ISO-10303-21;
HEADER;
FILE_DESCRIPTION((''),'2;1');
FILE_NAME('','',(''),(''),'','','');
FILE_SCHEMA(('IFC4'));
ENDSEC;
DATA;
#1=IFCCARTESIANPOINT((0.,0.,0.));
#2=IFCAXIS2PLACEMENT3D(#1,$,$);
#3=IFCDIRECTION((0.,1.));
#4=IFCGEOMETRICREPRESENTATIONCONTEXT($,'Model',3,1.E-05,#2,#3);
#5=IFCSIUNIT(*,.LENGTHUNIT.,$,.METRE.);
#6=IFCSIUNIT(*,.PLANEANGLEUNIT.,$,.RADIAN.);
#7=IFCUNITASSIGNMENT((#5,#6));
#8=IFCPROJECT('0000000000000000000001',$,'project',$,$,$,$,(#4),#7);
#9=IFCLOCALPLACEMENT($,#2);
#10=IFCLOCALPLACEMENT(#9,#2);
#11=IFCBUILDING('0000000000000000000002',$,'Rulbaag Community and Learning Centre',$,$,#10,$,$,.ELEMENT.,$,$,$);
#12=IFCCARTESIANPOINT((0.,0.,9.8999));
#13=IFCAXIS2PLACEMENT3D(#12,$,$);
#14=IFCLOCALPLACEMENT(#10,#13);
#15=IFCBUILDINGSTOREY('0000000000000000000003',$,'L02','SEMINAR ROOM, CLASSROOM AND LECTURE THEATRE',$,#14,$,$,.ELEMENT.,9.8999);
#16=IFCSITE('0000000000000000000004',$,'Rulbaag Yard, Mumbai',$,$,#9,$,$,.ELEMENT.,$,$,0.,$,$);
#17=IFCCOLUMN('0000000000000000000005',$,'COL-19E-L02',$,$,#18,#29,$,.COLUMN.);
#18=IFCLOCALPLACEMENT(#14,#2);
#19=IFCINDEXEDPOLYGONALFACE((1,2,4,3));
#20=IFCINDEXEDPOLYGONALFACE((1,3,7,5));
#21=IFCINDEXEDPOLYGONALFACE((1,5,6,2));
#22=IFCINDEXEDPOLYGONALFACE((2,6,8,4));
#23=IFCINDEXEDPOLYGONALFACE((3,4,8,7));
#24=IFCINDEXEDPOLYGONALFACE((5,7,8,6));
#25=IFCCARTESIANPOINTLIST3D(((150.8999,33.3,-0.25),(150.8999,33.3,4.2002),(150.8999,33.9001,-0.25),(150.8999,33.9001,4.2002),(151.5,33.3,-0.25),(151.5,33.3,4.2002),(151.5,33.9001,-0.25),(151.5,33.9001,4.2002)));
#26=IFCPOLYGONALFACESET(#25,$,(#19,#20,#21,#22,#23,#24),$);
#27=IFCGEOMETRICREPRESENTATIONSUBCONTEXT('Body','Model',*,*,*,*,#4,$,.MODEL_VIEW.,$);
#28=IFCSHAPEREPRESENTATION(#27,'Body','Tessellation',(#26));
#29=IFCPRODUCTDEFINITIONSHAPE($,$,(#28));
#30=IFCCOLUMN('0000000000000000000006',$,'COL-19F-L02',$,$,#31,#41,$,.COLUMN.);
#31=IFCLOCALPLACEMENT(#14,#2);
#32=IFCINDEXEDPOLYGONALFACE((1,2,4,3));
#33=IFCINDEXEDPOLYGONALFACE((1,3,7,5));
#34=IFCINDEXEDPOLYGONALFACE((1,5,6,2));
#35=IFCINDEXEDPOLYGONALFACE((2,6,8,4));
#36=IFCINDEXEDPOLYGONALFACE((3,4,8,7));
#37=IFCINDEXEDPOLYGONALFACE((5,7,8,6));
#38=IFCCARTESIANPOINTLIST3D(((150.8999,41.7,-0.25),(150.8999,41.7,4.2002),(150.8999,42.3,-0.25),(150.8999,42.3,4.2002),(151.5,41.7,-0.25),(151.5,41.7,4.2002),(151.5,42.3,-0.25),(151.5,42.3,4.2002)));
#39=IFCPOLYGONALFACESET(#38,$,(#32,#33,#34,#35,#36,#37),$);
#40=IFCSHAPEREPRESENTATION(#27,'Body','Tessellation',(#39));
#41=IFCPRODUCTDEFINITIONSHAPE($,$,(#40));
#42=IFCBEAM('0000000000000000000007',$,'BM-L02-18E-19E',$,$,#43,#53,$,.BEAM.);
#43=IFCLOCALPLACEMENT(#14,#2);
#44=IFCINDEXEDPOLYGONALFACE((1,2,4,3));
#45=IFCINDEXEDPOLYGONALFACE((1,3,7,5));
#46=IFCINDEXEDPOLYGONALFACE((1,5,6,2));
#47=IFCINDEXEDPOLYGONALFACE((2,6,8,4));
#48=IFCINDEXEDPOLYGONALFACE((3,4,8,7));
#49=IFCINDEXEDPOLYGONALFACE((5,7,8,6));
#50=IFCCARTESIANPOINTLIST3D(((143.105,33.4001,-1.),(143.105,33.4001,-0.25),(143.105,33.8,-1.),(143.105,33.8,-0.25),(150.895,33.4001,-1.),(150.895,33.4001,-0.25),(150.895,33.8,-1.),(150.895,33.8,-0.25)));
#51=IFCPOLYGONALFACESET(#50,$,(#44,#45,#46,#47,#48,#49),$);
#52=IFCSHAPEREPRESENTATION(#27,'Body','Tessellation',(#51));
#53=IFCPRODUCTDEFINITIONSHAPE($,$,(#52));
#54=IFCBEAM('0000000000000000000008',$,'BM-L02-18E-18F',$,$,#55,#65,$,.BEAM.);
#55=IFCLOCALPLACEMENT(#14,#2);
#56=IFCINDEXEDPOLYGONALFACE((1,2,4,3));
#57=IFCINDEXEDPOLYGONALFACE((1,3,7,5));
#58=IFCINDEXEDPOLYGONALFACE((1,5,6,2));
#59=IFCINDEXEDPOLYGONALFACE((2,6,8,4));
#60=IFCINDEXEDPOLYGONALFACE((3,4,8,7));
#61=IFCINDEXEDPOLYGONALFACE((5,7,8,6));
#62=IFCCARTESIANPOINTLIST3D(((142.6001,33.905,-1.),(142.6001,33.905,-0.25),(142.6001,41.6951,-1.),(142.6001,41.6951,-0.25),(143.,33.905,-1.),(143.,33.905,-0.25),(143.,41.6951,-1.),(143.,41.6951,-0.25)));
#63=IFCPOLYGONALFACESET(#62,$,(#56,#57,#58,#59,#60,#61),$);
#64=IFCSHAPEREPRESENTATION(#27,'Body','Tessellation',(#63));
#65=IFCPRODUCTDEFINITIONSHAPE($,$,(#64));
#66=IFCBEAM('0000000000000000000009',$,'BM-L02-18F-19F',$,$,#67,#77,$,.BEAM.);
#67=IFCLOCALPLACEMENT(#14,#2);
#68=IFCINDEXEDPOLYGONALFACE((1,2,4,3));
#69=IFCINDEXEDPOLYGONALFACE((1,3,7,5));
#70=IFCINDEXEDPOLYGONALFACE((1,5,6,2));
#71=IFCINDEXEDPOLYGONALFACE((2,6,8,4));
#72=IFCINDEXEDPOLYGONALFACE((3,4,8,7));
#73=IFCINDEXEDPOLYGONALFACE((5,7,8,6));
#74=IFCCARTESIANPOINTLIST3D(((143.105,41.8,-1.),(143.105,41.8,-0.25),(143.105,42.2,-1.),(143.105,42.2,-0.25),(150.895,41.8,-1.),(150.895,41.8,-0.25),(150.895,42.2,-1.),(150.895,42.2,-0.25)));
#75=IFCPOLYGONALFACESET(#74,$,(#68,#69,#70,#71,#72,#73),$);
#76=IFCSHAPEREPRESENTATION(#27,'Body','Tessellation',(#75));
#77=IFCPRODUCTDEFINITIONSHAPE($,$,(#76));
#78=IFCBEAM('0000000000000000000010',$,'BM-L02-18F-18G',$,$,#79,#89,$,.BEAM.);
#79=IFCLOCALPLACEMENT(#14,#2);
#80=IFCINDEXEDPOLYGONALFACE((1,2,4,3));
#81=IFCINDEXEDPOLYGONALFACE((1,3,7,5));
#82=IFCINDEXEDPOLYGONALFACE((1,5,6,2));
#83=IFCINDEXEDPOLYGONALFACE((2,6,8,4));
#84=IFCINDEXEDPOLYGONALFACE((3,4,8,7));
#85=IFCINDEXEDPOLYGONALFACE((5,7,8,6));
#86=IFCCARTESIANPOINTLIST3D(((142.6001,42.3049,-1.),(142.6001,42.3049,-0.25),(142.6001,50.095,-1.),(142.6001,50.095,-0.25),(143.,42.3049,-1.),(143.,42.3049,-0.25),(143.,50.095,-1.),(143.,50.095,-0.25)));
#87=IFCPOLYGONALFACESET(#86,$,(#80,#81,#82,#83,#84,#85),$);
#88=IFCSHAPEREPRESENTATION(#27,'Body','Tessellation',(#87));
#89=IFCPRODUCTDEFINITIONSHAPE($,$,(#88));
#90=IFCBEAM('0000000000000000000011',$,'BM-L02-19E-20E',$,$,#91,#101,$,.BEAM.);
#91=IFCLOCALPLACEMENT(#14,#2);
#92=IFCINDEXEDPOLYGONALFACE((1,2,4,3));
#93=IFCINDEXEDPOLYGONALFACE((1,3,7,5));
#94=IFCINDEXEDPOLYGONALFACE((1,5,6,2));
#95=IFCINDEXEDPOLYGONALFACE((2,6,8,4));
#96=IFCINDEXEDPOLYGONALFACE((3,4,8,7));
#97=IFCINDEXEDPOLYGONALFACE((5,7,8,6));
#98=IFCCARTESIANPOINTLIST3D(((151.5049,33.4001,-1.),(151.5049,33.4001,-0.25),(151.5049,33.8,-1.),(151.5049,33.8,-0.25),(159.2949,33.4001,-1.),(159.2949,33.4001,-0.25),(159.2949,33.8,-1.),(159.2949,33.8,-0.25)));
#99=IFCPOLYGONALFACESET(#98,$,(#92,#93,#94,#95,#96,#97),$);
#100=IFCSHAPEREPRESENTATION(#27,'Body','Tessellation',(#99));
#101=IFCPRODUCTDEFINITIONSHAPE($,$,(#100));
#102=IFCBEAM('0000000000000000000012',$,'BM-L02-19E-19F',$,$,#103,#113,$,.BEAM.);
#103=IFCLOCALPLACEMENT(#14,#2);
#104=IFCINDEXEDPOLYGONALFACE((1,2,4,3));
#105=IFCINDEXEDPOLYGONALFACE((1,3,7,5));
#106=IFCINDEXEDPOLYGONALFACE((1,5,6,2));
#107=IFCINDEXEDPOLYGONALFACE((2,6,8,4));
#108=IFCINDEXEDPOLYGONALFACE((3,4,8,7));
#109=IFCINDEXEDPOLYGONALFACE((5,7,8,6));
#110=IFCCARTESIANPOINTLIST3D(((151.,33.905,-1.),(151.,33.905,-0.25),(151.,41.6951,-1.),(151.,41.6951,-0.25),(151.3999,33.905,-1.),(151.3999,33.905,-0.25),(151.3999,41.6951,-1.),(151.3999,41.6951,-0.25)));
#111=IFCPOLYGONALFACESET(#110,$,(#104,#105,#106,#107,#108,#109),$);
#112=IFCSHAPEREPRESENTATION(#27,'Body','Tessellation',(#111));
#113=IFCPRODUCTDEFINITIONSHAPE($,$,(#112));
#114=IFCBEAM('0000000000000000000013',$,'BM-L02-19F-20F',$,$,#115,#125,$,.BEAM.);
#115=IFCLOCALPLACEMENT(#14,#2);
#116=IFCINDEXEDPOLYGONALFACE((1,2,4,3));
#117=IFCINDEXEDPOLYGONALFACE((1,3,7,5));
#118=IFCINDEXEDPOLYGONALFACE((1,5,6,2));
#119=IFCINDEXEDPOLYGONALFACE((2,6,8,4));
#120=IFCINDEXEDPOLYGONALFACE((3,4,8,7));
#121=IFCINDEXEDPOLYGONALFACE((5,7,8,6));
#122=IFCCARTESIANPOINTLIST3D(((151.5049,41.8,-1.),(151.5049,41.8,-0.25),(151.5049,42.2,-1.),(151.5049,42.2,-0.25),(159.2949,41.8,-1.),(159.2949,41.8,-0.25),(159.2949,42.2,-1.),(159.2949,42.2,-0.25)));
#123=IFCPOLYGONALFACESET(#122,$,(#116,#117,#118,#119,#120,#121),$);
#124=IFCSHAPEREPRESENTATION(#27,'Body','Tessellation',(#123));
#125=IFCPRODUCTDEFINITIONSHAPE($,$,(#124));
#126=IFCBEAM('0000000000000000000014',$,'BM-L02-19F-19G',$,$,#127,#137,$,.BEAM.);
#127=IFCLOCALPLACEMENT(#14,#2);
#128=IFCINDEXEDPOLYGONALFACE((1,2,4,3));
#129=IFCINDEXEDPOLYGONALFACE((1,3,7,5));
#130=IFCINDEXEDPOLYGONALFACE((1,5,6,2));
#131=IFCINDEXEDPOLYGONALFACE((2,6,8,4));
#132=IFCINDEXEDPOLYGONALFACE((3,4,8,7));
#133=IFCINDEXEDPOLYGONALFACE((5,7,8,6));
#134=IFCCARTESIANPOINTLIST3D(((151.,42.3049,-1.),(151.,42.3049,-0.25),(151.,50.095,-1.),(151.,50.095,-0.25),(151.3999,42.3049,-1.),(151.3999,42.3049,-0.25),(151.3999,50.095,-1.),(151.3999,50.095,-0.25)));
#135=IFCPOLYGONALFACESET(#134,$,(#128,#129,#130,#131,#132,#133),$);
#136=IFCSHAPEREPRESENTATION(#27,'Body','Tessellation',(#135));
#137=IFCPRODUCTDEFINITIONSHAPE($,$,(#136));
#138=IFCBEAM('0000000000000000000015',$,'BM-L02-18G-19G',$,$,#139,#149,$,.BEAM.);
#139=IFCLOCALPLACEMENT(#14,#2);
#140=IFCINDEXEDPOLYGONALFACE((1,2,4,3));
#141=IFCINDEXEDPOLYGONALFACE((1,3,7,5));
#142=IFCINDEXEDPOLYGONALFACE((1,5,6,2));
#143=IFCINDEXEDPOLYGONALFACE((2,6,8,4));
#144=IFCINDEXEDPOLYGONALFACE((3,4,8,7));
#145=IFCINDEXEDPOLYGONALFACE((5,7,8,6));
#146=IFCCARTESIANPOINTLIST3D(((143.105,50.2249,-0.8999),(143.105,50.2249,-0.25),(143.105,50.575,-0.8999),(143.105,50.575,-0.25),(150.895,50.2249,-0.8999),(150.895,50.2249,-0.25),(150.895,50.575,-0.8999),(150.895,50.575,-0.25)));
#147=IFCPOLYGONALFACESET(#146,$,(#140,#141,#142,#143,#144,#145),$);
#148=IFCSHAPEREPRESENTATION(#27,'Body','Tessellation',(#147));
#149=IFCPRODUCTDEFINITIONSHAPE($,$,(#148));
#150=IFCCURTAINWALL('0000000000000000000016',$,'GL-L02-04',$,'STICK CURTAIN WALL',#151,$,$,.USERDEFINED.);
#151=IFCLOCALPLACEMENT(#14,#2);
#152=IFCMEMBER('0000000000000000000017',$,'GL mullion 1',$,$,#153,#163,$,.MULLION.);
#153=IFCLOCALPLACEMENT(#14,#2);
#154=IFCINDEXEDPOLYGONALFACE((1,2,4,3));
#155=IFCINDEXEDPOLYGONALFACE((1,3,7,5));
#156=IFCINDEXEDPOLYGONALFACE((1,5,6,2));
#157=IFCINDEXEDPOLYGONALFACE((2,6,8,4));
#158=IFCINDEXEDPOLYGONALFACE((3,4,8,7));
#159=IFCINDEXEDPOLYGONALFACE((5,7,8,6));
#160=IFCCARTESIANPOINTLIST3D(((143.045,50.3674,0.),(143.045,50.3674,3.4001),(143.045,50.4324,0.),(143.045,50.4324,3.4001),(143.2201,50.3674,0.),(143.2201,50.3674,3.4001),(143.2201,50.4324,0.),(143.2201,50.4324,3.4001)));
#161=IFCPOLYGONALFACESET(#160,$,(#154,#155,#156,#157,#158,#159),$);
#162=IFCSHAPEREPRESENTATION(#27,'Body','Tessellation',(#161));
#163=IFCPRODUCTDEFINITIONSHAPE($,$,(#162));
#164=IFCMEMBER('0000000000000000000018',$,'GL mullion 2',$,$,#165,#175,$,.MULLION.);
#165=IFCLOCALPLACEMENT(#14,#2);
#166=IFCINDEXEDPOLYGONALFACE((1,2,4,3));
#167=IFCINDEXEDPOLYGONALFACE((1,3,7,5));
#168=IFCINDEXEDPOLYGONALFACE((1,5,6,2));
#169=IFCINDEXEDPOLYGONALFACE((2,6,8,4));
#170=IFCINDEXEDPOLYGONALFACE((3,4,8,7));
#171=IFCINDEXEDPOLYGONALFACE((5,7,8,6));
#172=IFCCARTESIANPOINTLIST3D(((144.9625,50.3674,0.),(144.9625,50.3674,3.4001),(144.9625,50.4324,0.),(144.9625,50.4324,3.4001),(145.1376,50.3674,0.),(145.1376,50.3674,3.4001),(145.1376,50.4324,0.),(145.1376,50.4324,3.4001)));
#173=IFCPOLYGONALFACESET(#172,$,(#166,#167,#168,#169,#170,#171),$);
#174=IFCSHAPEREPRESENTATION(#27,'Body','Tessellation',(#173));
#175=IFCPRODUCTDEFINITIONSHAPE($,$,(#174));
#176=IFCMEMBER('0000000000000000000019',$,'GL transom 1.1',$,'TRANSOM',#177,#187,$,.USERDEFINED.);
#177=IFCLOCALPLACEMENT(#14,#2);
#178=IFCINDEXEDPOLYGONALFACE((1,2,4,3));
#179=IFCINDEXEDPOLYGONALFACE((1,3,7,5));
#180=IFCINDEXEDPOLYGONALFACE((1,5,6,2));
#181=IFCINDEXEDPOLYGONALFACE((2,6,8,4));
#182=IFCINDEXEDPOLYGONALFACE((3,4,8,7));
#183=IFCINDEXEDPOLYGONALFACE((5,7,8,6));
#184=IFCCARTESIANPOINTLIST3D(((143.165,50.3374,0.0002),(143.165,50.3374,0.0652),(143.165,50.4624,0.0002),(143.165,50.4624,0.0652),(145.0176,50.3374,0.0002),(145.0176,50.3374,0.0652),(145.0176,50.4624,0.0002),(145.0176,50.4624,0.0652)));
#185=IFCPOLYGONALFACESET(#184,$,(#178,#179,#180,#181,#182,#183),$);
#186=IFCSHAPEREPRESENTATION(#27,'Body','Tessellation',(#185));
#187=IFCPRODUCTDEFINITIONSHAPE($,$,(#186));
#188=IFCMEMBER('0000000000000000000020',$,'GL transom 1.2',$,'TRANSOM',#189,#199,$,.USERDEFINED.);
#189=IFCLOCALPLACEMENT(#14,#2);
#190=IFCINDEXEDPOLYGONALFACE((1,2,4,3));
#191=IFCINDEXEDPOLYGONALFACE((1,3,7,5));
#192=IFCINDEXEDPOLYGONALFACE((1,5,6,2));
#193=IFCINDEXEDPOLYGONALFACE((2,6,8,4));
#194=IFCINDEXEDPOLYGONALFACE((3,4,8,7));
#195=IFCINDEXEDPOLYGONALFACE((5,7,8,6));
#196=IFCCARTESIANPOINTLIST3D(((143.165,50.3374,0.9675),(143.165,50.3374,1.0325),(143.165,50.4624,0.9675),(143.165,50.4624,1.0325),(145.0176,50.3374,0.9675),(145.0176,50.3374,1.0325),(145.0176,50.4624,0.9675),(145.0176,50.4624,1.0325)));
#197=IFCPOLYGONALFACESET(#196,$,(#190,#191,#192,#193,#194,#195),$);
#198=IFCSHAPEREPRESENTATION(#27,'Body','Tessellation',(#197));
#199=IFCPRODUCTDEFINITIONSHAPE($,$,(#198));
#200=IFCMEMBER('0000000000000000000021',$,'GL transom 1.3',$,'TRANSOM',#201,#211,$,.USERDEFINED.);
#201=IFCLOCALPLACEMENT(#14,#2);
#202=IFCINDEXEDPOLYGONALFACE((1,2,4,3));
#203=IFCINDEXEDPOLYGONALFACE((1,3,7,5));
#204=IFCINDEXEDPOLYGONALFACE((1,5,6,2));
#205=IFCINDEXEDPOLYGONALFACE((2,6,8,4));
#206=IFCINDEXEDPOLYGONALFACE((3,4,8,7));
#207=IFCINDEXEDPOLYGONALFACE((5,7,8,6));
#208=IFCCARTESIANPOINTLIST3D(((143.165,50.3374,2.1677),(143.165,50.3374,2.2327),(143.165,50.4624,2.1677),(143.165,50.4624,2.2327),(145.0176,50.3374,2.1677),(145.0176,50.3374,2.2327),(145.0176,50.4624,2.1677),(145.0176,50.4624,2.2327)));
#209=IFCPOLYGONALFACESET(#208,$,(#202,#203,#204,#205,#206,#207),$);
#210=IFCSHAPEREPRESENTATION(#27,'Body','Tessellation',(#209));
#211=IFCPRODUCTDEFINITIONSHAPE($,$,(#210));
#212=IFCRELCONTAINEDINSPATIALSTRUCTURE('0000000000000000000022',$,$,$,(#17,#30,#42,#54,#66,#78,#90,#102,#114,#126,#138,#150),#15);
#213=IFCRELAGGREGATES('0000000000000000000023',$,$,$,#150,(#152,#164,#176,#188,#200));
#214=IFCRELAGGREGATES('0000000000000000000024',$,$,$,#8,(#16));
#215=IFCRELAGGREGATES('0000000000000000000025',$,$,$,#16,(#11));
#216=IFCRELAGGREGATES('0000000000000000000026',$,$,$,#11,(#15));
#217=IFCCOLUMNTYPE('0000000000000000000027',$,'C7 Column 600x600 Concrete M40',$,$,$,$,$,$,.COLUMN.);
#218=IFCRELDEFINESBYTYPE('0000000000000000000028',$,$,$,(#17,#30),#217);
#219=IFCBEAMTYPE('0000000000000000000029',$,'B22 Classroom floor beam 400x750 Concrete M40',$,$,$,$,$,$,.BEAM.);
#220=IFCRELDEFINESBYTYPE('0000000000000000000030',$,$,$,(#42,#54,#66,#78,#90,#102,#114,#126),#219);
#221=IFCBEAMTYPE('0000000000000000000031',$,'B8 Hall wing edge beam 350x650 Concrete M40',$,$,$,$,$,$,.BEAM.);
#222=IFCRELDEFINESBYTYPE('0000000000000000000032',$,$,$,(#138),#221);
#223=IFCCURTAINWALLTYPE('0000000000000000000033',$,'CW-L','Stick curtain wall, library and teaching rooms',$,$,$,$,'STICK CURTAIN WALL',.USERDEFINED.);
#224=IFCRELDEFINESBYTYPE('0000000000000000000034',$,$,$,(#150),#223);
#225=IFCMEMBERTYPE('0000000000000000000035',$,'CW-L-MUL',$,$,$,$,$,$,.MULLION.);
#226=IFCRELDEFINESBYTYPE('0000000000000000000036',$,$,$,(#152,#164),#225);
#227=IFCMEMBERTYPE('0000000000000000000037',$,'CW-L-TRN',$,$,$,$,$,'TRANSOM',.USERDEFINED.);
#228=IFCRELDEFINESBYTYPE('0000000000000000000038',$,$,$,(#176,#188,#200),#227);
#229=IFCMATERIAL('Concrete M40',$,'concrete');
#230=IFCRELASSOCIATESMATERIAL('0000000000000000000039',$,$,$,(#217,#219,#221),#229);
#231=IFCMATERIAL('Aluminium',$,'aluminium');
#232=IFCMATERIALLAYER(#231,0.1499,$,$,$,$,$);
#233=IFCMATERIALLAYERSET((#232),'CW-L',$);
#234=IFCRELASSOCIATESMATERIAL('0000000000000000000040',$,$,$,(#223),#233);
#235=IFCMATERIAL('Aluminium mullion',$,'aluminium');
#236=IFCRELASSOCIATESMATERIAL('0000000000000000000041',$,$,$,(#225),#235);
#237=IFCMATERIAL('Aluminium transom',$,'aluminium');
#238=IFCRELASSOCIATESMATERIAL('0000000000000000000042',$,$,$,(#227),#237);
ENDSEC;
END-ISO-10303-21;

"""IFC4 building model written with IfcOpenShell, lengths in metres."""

from ifc_helpers import new_model, si_unit, direction, frame, origin, origin_2d, place, context, subcontext, project, spatial, rectangle, extrude, material, layer, layer_set, material_profile, profile_set, type_object, element, aggregate, save


model = new_model("IFC4")

# Units and contexts
model_context = context("Model", 3, precision=1e-05, world=origin(), true_north=direction((0.0, 1.0)))
body_context = subcontext(model_context, "Body", "Model", "MODEL_VIEW")
ifc_project = project(units=[si_unit("LENGTHUNIT", "METRE"), si_unit("PLANEANGLEUNIT", "RADIAN")], contexts=[model_context])

# Site, building, storey
site_placement = place(None, origin())
site = spatial("IfcSite", under=ifc_project, at=site_placement, Name="Rulbaag Yard, Mumbai", CompositionType="ELEMENT", RefElevation=0.0)
building_placement = place(site_placement, origin())
building = spatial("IfcBuilding", under=site, at=building_placement, Name="Rulbaag Community and Learning Centre", CompositionType="ELEMENT")
storey_placement = place(building_placement, frame((0.0, 0.0, 9.8999)))
storey = spatial("IfcBuildingStorey", under=building, at=storey_placement, Name="L02", Description="SEMINAR ROOM, CLASSROOM AND LECTURE THEATRE", CompositionType="ELEMENT", Elevation=9.8999)

# Columns
ifc_material_1 = material(Name="Concrete M40", Category="concrete")
ifc_material_profile_1 = material_profile(ifc_material_1, rectangle(XDim=0.6001, YDim=0.6001, at=origin_2d()), Name="RC600x600")
ifc_profile_set_1 = profile_set([ifc_material_profile_1], Name="Concrete M40")
column_type = type_object("IfcColumnType", Name="C7 Column 600x600 Concrete M40", PredefinedType="COLUMN", material=ifc_profile_set_1)
for number, where, z_axis, x_axis, name in (
    (1, (151.2, 33.6001, -0.25), (0.0, 0.0, 1.0), (1.0, 0.0, 0.0), "COL-19E-L02"),
    (2, (151.2, 42.0, -0.25), (0.0, 0.0, 1.0), (1.0, 0.0, 0.0), "COL-19F-L02"),
):
    element("IfcColumn", number, at=place(storey_placement, frame(where, z_axis=z_axis, x_axis=x_axis)), inside=storey, type_object=column_type, Name=name, PredefinedType="COLUMN", context=body_context, shape_type="SweptSolid", body=[
        extrude(rectangle(XDim=0.6001, YDim=0.6001, at=origin_2d()), origin(), (0.0, 0.0, 1.0), 4.4502),
    ])

# Beams
ifc_material_profile_2 = material_profile(ifc_material_1, rectangle(XDim=0.3999, YDim=0.75, at=origin_2d()), Name="RB400x750")
ifc_profile_set_2 = profile_set([ifc_material_profile_2], Name="Concrete M40")
beam_type_1 = type_object("IfcBeamType", Name="B22 Classroom floor beam 400x750 Concrete M40", PredefinedType="BEAM", material=ifc_profile_set_2)
for number, where, z_axis, x_axis, name in (
    (3, (143.105, 33.6001, -0.625), (1.0, 0.0, 0.0), (0.0, 1.0, 0.0), "BM-L02-18E-19E"),
    (4, (142.8, 33.905, -0.625), (0.0, 1.0, 0.0), (-1.0, 0.0, 0.0), "BM-L02-18E-18F"),
    (5, (143.105, 42.0, -0.625), (1.0, 0.0, 0.0), (0.0, 1.0, 0.0), "BM-L02-18F-19F"),
    (6, (142.8, 42.3049, -0.625), (0.0, 1.0, 0.0), (-1.0, 0.0, 0.0), "BM-L02-18F-18G"),
    (7, (151.5049, 33.6001, -0.625), (1.0, 0.0, 0.0), (0.0, 1.0, 0.0), "BM-L02-19E-20E"),
    (8, (151.2, 33.905, -0.625), (0.0, 1.0, 0.0), (-1.0, 0.0, 0.0), "BM-L02-19E-19F"),
    (9, (151.5049, 42.0, -0.625), (1.0, 0.0, 0.0), (0.0, 1.0, 0.0), "BM-L02-19F-20F"),
    (10, (151.2, 42.3049, -0.625), (0.0, 1.0, 0.0), (-1.0, 0.0, 0.0), "BM-L02-19F-19G"),
):
    element("IfcBeam", number, at=place(storey_placement, frame(where, z_axis=z_axis, x_axis=x_axis)), inside=storey, type_object=beam_type_1, Name=name, PredefinedType="BEAM", context=body_context, shape_type="SweptSolid", body=[
        extrude(rectangle(XDim=0.3999, YDim=0.75, at=origin_2d()), origin(), (0.0, 0.0, 1.0), 7.79),
    ])
ifc_material_profile_3 = material_profile(ifc_material_1, rectangle(XDim=0.3501, YDim=0.6499, at=origin_2d()), Name="RB350x650")
ifc_profile_set_3 = profile_set([ifc_material_profile_3], Name="Concrete M40")
beam_type_2 = type_object("IfcBeamType", Name="B8 Hall wing edge beam 350x650 Concrete M40", PredefinedType="BEAM", material=ifc_profile_set_3)
beam_placement = place(storey_placement, frame((143.105, 50.3999, -0.575), z_axis=(1.0, 0.0, 0.0), x_axis=(0.0, 1.0, 0.0)))
element("IfcBeam", 11, at=beam_placement, inside=storey, type_object=beam_type_2, Name="BM-L02-18G-19G", PredefinedType="BEAM", context=body_context, shape_type="SweptSolid", body=[
    extrude(rectangle(XDim=0.3501, YDim=0.6499, at=origin_2d()), origin(), (0.0, 0.0, 1.0), 7.79),
])

# Curtain wall, members
ifc_material_2 = material(Name="Aluminium", Category="aluminium")
ifc_layer_1 = layer(ifc_material_2, 0.1499)
ifc_layer_set_1 = layer_set([ifc_layer_1], Name="CW-L")
curtain_wall_type = type_object("IfcCurtainWallType", Name="CW-L", Description="Stick curtain wall, library and teaching rooms", ElementType="STICK CURTAIN WALL", PredefinedType="USERDEFINED", material=ifc_layer_set_1)
curtain_wall_placement = place(storey_placement, origin())
curtain_wall = element("IfcCurtainWall", 12, at=curtain_wall_placement, inside=storey, type_object=curtain_wall_type, Name="GL-L02-04", ObjectType="STICK CURTAIN WALL", PredefinedType="USERDEFINED")
ifc_material_3 = material(Name="Aluminium mullion", Category="aluminium")
ifc_material_profile_4 = material_profile(ifc_material_3, rectangle(XDim=0.0649, YDim=0.175, at=origin_2d()), Name="AL 65x175")
ifc_profile_set_4 = profile_set([ifc_material_profile_4], Name="Aluminium mullion")
member_type_1 = type_object("IfcMemberType", Name="CW-L-MUL", PredefinedType="MULLION", material=ifc_profile_set_4)
member_1_placement = place(storey_placement, frame((143.1326, 50.3999, 0.0), z_axis=(0.0, 0.0, 1.0), x_axis=(0.0, 1.0, 0.0)))
member_1 = element("IfcMember", 13, at=member_1_placement, type_object=member_type_1, Name="GL mullion 1", PredefinedType="MULLION", context=body_context, shape_type="SweptSolid", body=[
    extrude(rectangle(XDim=0.0649, YDim=0.175, at=origin_2d()), origin(), (0.0, 0.0, 1.0), 3.4001),
])
member_2_placement = place(storey_placement, frame((145.05, 50.3999, 0.0), z_axis=(0.0, 0.0, 1.0), x_axis=(0.0, 1.0, 0.0)))
member_2 = element("IfcMember", 14, at=member_2_placement, type_object=member_type_1, Name="GL mullion 2", PredefinedType="MULLION", context=body_context, shape_type="SweptSolid", body=[
    extrude(rectangle(XDim=0.0649, YDim=0.175, at=origin_2d()), origin(), (0.0, 0.0, 1.0), 3.4001),
])
ifc_material_4 = material(Name="Aluminium transom", Category="aluminium")
ifc_material_profile_5 = material_profile(ifc_material_4, rectangle(XDim=0.125, YDim=0.0649, at=origin_2d()), Name="AL 65x125 T")
ifc_profile_set_5 = profile_set([ifc_material_profile_5], Name="Aluminium transom")
member_type_2 = type_object("IfcMemberType", Name="CW-L-TRN", ElementType="TRANSOM", PredefinedType="USERDEFINED", material=ifc_profile_set_5)
member_3_placement = place(storey_placement, frame((143.165, 50.3999, 0.0327), z_axis=(1.0, 0.0, 0.0), x_axis=(0.0, 1.0, 0.0)))
member_3 = element("IfcMember", 15, at=member_3_placement, type_object=member_type_2, Name="GL transom 1.1", ObjectType="TRANSOM", PredefinedType="USERDEFINED", context=body_context, shape_type="SweptSolid", body=[
    extrude(rectangle(XDim=0.125, YDim=0.0649, at=origin_2d()), origin(), (0.0, 0.0, 1.0), 1.8525),
])
member_4_placement = place(storey_placement, frame((143.165, 50.3999, 1.0), z_axis=(1.0, 0.0, 0.0), x_axis=(0.0, 1.0, 0.0)))
member_4 = element("IfcMember", 16, at=member_4_placement, type_object=member_type_2, Name="GL transom 1.2", ObjectType="TRANSOM", PredefinedType="USERDEFINED", context=body_context, shape_type="SweptSolid", body=[
    extrude(rectangle(XDim=0.125, YDim=0.0649, at=origin_2d()), origin(), (0.0, 0.0, 1.0), 1.8525),
])
member_5_placement = place(storey_placement, frame((143.165, 50.3999, 2.2002), z_axis=(1.0, 0.0, 0.0), x_axis=(0.0, 1.0, 0.0)))
member_5 = element("IfcMember", 17, at=member_5_placement, type_object=member_type_2, Name="GL transom 1.3", ObjectType="TRANSOM", PredefinedType="USERDEFINED", context=body_context, shape_type="SweptSolid", body=[
    extrude(rectangle(XDim=0.125, YDim=0.0649, at=origin_2d()), origin(), (0.0, 0.0, 1.0), 1.8525),
])
aggregate(curtain_wall, [member_1, member_2, member_3, member_4, member_5])

save(model, "model.ifc")
